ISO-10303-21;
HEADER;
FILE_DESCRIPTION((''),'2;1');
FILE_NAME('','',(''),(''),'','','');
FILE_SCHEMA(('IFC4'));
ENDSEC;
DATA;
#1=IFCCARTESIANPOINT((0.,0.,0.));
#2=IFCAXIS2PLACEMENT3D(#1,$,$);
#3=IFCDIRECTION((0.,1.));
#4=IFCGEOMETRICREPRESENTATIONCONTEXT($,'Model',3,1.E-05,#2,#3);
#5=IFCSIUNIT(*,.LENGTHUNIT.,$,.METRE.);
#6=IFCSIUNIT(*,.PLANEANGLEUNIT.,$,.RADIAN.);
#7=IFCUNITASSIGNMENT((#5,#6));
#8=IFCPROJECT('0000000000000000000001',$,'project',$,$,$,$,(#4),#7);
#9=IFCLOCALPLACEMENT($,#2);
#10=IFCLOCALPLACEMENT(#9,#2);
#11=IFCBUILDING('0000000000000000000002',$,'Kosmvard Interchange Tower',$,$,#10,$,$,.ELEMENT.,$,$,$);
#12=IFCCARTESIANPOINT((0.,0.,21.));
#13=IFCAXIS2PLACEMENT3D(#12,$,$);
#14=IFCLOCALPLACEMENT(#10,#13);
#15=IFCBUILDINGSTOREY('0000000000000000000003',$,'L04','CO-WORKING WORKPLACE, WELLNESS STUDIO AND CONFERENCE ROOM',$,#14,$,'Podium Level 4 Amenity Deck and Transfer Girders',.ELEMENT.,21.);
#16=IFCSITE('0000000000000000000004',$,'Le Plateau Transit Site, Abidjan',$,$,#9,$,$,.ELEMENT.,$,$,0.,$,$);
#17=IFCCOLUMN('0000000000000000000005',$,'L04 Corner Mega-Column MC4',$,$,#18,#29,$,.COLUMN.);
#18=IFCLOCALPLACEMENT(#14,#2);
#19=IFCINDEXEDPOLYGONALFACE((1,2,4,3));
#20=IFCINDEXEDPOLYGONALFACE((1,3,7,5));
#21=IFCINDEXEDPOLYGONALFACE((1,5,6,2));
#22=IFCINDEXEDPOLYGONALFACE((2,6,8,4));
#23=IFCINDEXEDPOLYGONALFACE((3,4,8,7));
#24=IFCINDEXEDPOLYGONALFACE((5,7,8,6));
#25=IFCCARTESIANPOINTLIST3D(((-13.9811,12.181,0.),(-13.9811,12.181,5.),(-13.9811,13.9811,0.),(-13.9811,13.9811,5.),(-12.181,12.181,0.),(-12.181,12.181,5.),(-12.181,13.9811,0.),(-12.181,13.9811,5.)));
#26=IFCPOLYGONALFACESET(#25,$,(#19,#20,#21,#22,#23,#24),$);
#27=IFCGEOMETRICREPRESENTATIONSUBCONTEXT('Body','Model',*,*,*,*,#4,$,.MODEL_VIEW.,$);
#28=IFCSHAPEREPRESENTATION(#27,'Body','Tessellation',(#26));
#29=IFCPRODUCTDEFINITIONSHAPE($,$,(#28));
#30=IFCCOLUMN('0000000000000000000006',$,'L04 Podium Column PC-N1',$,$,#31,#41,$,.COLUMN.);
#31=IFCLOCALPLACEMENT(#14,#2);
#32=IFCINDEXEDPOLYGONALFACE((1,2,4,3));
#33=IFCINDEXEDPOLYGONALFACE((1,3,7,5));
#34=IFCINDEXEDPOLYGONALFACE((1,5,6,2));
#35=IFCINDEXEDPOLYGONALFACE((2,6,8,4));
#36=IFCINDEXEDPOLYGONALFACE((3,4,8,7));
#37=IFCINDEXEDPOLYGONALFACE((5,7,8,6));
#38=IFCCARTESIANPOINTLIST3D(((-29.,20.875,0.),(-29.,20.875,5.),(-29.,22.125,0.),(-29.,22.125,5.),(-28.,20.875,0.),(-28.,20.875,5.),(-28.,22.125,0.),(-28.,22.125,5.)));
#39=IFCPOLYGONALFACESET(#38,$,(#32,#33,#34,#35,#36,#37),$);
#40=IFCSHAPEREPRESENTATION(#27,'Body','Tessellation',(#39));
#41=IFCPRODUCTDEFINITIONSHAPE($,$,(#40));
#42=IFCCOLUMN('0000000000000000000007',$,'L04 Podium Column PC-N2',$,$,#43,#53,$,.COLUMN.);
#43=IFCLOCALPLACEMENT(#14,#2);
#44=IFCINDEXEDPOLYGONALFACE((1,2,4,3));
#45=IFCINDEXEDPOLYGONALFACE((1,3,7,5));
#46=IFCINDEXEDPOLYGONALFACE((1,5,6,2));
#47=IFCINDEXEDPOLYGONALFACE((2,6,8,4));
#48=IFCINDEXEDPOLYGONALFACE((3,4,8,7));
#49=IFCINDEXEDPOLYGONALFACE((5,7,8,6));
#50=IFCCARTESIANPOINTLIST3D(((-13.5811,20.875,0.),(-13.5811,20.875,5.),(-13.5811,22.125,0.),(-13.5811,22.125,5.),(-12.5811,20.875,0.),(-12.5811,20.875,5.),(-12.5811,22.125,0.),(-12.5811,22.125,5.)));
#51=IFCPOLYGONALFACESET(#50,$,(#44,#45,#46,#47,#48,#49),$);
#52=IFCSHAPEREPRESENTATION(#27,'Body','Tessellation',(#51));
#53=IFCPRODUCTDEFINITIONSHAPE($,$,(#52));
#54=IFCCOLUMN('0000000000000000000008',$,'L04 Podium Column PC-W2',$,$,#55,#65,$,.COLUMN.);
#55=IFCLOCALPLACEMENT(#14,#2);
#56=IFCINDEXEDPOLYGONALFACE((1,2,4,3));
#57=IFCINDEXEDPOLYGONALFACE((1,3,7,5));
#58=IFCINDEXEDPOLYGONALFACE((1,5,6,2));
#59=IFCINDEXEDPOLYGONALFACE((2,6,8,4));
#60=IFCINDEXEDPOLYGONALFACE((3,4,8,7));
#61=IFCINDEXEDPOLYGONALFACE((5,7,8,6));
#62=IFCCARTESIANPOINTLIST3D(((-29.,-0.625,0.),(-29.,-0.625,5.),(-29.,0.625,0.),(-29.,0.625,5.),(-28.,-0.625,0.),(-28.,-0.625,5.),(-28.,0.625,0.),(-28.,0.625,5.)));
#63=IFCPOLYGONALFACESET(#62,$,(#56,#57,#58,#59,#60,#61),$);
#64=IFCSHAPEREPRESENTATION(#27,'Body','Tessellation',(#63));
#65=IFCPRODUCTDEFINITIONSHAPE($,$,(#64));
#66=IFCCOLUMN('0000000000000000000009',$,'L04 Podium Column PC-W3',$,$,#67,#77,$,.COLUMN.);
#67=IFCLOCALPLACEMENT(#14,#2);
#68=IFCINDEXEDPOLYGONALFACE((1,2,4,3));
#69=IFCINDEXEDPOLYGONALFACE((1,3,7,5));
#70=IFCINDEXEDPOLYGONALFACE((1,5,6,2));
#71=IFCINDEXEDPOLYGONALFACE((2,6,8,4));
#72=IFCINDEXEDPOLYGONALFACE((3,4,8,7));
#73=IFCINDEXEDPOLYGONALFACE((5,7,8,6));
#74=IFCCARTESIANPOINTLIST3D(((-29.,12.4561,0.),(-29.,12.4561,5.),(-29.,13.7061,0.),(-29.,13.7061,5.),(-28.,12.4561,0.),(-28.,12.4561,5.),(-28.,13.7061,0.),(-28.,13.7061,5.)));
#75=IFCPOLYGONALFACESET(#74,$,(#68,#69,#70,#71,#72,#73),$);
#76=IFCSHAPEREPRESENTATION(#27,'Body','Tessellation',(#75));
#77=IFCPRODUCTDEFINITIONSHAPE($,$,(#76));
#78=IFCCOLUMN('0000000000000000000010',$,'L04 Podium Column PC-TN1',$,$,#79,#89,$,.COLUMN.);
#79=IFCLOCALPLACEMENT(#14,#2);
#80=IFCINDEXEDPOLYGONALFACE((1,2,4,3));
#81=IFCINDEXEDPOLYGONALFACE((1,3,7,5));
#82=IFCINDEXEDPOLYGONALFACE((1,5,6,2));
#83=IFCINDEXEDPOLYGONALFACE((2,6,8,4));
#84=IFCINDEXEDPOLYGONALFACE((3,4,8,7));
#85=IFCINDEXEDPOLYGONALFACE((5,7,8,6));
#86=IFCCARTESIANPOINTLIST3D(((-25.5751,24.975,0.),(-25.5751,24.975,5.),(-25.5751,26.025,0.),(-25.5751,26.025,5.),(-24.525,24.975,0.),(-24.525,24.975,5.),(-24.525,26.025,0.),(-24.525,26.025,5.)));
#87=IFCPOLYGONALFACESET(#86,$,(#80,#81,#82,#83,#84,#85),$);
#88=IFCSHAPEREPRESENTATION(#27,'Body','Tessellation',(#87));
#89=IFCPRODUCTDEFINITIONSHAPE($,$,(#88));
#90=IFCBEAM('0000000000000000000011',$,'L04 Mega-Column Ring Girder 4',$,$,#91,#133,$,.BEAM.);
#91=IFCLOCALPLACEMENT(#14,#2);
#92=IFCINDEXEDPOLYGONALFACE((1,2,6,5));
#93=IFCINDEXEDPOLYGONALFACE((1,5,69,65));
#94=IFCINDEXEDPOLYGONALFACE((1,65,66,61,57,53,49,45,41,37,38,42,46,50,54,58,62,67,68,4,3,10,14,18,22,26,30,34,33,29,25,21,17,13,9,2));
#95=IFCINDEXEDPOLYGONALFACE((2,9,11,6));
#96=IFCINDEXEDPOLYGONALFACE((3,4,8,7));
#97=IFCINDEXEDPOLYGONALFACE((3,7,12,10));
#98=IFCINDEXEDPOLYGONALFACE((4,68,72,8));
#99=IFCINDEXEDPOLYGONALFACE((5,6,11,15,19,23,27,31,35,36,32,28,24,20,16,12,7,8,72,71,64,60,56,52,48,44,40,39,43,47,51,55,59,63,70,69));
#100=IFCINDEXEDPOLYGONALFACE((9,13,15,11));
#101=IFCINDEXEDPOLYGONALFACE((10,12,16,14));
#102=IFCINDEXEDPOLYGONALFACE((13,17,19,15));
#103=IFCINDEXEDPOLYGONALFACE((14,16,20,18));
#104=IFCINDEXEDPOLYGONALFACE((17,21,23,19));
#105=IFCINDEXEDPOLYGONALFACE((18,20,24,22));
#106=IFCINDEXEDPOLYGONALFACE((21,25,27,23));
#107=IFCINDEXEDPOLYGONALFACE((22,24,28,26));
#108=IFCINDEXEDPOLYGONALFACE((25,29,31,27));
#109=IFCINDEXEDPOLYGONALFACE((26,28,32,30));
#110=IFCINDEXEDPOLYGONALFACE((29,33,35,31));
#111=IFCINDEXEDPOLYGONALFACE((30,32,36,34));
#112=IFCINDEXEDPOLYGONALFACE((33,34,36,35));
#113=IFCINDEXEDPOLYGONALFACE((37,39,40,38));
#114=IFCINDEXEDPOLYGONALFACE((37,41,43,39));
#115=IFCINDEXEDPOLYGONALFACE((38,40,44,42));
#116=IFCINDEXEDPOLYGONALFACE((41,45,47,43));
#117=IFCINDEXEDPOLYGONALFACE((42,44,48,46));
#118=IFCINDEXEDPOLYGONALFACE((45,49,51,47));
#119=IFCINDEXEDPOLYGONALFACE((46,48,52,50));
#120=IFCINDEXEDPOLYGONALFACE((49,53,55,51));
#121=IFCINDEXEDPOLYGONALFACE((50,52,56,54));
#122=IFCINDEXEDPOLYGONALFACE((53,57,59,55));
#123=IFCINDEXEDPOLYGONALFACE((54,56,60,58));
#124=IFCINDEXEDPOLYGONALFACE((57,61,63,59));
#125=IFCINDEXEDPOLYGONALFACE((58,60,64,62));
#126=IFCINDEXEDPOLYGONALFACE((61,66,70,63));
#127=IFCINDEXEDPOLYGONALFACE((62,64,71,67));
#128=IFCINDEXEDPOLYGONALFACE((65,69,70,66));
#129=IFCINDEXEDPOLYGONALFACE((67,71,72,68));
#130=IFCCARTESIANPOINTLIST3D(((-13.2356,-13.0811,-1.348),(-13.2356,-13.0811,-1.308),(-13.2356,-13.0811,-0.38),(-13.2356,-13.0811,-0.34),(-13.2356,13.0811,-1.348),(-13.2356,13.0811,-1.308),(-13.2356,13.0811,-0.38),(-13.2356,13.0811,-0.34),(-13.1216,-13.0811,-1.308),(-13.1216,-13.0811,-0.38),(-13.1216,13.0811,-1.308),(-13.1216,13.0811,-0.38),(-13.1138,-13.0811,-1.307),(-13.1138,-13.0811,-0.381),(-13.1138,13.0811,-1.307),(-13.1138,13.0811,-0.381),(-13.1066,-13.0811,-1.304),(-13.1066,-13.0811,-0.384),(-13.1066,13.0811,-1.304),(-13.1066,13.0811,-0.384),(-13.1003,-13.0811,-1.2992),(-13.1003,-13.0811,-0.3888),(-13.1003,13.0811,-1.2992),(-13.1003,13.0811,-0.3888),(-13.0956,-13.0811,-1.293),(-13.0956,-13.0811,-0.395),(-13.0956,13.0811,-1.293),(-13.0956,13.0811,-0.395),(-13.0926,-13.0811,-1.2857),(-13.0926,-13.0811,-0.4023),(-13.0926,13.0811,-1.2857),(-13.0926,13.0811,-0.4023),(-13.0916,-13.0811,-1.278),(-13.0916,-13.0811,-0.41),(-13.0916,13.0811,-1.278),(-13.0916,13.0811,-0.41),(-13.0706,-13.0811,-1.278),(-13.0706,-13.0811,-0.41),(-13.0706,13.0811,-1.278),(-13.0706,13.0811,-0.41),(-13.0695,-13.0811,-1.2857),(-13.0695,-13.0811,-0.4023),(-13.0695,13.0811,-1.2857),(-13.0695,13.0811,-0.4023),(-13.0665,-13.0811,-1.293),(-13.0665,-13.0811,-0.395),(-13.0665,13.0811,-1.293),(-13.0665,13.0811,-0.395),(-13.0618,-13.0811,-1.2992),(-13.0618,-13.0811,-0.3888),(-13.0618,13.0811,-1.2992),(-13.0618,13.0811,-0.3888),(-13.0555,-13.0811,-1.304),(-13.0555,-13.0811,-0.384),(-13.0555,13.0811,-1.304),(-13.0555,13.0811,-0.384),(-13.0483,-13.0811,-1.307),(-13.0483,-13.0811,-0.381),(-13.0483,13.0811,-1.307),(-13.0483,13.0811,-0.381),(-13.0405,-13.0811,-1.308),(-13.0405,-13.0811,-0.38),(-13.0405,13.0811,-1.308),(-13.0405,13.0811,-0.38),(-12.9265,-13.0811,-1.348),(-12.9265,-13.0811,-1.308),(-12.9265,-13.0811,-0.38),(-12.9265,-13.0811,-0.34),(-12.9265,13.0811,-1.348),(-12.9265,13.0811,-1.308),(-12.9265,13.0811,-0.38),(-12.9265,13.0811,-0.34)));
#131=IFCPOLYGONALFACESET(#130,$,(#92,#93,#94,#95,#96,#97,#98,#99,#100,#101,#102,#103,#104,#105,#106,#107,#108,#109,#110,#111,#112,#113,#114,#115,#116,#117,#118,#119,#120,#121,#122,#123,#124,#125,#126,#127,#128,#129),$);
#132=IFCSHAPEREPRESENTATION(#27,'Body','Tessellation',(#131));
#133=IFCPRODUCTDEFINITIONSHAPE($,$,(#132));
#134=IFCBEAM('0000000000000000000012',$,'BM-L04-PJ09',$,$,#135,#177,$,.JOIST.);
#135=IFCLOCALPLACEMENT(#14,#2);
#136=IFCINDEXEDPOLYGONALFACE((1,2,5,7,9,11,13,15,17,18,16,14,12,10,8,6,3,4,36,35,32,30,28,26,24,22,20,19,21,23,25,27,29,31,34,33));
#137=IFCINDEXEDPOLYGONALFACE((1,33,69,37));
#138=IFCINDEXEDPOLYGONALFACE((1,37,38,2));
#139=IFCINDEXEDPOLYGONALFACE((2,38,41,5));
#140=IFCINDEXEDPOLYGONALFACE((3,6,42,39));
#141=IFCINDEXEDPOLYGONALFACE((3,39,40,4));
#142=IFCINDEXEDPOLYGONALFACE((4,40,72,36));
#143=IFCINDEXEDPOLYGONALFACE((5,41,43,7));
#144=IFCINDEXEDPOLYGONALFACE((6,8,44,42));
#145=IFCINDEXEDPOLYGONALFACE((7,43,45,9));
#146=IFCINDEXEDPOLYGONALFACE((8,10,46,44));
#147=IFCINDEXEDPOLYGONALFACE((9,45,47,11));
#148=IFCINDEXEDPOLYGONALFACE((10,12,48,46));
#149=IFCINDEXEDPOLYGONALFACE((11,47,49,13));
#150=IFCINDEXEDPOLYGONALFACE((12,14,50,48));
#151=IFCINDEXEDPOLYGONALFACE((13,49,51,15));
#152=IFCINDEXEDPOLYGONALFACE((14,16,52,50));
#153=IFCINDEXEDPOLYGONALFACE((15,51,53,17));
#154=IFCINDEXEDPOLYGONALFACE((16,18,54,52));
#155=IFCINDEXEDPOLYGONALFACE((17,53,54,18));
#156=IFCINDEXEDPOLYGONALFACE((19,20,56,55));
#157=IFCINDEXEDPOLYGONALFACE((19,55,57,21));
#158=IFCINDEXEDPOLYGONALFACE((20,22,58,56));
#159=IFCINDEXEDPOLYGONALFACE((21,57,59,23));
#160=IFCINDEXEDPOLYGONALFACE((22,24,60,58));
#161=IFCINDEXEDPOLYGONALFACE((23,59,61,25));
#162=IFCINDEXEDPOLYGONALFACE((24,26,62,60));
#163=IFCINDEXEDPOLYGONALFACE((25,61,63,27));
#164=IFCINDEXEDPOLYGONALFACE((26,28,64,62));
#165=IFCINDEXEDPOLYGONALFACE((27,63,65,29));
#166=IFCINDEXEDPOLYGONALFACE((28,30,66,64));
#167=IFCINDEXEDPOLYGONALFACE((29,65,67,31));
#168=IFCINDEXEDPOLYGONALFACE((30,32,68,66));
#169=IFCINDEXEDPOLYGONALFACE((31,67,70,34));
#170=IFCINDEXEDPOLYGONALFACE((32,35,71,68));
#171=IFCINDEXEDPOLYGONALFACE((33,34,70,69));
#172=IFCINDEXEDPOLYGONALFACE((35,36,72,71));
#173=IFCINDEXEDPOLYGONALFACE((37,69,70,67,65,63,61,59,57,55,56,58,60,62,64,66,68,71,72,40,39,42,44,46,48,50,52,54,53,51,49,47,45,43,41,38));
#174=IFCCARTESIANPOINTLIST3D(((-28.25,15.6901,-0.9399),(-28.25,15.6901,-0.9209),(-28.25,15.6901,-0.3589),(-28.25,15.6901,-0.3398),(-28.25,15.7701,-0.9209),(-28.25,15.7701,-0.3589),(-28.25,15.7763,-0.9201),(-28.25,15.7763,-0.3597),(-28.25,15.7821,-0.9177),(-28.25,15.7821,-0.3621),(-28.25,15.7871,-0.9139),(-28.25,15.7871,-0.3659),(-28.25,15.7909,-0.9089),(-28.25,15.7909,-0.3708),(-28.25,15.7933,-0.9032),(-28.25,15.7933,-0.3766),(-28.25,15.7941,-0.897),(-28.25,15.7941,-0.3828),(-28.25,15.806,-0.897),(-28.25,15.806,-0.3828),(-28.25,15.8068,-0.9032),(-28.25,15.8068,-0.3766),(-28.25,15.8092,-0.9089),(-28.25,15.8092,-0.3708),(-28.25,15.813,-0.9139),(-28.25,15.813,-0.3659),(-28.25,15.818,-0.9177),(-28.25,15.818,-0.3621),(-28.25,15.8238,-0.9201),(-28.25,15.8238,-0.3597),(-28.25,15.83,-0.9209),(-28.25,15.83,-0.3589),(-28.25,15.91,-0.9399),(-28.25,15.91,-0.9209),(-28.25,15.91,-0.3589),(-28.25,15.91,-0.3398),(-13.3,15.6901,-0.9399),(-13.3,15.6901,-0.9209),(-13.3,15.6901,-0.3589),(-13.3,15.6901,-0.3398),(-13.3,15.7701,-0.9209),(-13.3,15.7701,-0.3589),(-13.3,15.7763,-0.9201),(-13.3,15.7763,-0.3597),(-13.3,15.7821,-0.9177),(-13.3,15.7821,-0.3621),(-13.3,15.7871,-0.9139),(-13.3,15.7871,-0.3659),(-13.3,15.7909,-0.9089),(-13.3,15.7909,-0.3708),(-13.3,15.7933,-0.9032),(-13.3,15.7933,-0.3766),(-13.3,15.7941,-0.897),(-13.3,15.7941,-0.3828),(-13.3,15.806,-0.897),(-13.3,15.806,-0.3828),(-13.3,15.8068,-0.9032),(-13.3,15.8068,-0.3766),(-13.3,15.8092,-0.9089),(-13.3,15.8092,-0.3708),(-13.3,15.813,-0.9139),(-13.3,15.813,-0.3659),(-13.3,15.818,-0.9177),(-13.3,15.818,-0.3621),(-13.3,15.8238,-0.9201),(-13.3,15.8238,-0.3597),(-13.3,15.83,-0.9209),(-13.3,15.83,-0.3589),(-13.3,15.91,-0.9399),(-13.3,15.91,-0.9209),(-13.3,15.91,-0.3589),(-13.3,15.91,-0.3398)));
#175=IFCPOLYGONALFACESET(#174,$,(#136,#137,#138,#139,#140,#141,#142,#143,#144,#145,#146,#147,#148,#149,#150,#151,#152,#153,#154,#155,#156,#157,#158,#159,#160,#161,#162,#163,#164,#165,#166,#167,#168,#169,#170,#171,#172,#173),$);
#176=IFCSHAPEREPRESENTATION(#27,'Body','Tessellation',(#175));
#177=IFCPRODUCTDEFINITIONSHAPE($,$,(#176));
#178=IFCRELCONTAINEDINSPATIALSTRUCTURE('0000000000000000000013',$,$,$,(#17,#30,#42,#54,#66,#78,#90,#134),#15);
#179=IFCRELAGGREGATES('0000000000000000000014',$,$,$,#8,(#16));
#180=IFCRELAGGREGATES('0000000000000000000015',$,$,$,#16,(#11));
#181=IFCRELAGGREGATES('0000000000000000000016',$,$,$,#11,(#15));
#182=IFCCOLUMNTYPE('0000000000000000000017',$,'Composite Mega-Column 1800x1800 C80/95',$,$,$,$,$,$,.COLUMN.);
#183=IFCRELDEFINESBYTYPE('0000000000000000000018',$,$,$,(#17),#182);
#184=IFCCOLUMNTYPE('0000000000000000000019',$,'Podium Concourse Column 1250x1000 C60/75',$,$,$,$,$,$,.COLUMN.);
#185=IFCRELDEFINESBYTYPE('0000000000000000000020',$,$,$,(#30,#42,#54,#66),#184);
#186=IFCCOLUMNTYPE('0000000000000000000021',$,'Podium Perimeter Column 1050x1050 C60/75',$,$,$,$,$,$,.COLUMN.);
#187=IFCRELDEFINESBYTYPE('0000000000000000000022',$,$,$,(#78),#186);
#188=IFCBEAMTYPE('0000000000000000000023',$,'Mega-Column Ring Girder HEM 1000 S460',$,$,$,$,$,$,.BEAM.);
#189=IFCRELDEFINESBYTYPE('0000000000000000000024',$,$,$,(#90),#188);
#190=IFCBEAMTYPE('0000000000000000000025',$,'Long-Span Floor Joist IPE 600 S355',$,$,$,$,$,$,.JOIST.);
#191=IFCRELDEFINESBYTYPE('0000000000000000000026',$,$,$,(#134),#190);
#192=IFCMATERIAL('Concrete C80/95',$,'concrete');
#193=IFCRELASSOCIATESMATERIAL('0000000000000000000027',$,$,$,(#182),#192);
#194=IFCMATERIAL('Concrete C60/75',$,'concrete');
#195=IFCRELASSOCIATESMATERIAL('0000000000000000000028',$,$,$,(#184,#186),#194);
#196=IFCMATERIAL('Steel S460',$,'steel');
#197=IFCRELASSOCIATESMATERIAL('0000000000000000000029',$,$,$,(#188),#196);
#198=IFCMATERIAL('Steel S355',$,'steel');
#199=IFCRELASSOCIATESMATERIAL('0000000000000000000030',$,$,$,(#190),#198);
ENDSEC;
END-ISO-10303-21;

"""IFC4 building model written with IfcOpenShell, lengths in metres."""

from ifc_helpers import new_model, si_unit, direction, frame, origin, origin_2d, place, context, subcontext, project, spatial, rectangle, i_section, extrude, source, transform, mapped, material, material_profile, profile_set, type_object, element, save


model = new_model("IFC4")

# Units and contexts
model_context = context("Model", 3, precision=1e-05, world=origin(), true_north=direction((0.0, 1.0)))
body_context = subcontext(model_context, "Body", "Model", "MODEL_VIEW")
ifc_project = project(units=[si_unit("LENGTHUNIT", "METRE"), si_unit("PLANEANGLEUNIT", "RADIAN")], contexts=[model_context])

# Site, building, storey
site_placement = place(None, origin())
site = spatial("IfcSite", under=ifc_project, at=site_placement, Name="Le Plateau Transit Site, Abidjan", CompositionType="ELEMENT", RefElevation=0.0)
building_placement = place(site_placement, origin())
building = spatial("IfcBuilding", under=site, at=building_placement, Name="Kosmvard Interchange Tower", CompositionType="ELEMENT")
storey_placement = place(building_placement, frame((0.0, 0.0, 21.0)))
storey = spatial("IfcBuildingStorey", under=building, at=storey_placement, Name="L04", Description="CO-WORKING WORKPLACE, WELLNESS STUDIO AND CONFERENCE ROOM", LongName="Podium Level 4 Amenity Deck and Transfer Girders", CompositionType="ELEMENT", Elevation=21.0)

# Columns
ifc_material_1 = material(Name="Concrete C80/95", Category="concrete")
ifc_material_profile_1 = material_profile(ifc_material_1, rectangle(XDim=1.8, YDim=1.8, at=origin_2d()), Name="MC 1800x1800")
ifc_profile_set_1 = profile_set([ifc_material_profile_1], Name="Concrete C80/95")
column_type_1 = type_object("IfcColumnType", Name="Composite Mega-Column 1800x1800 C80/95", PredefinedType="COLUMN", material=ifc_profile_set_1)
shared_shape_1 = source(origin(), body_context, "Body", "SweptSolid", [
    extrude(rectangle(XDim=1.8, YDim=1.8, at=origin_2d()), origin(), (0.0, 0.0, 1.0), 5.0),
])
column_1_placement = place(storey_placement, frame((-13.0811, 13.0811, 0.0), z_axis=(0.0, 0.0, 1.0), x_axis=(1.0, 0.0, 0.0)))
element("IfcColumn", 1, at=column_1_placement, inside=storey, type_object=column_type_1, Name="L04 Corner Mega-Column MC4", PredefinedType="COLUMN", context=body_context, shape_type="MappedRepresentation", body=[
    mapped(shared_shape_1, transform((0.0, 0.0, 0.0), scale=1.0)),
])
ifc_material_2 = material(Name="Concrete C60/75", Category="concrete")
ifc_material_profile_2 = material_profile(ifc_material_2, rectangle(XDim=1.0, YDim=1.25, at=origin_2d()), Name="PC 1250x1000")
ifc_profile_set_2 = profile_set([ifc_material_profile_2], Name="Concrete C60/75")
column_type_2 = type_object("IfcColumnType", Name="Podium Concourse Column 1250x1000 C60/75", PredefinedType="COLUMN", material=ifc_profile_set_2)
shared_shape_2 = source(origin(), body_context, "Body", "SweptSolid", [
    extrude(rectangle(XDim=1.0, YDim=1.25, at=origin_2d()), origin(), (0.0, 0.0, 1.0), 5.0),
])
for number, where, z_axis, x_axis, name in (
    (2, (-28.5, 21.5, 0.0), (0.0, 0.0, 1.0), (1.0, 0.0, 0.0), "L04 Podium Column PC-N1"),
    (3, (-13.0811, 21.5, 0.0), (0.0, 0.0, 1.0), (1.0, 0.0, 0.0), "L04 Podium Column PC-N2"),
    (4, (-28.5, 0.0, 0.0), (0.0, 0.0, 1.0), (1.0, 0.0, 0.0), "L04 Podium Column PC-W2"),
    (5, (-28.5, 13.0811, 0.0), (0.0, 0.0, 1.0), (1.0, 0.0, 0.0), "L04 Podium Column PC-W3"),
):
    element("IfcColumn", number, at=place(storey_placement, frame(where, z_axis=z_axis, x_axis=x_axis)), inside=storey, type_object=column_type_2, Name=name, PredefinedType="COLUMN", context=body_context, shape_type="MappedRepresentation", body=[
        mapped(shared_shape_2, transform((0.0, 0.0, 0.0), scale=1.0)),
    ])
ifc_material_profile_3 = material_profile(ifc_material_2, rectangle(XDim=1.05, YDim=1.05, at=origin_2d()), Name="PC 1050x1050")
ifc_profile_set_3 = profile_set([ifc_material_profile_3], Name="Concrete C60/75")
column_type_3 = type_object("IfcColumnType", Name="Podium Perimeter Column 1050x1050 C60/75", PredefinedType="COLUMN", material=ifc_profile_set_3)
shared_shape_3 = source(origin(), body_context, "Body", "SweptSolid", [
    extrude(rectangle(XDim=1.05, YDim=1.05, at=origin_2d()), origin(), (0.0, 0.0, 1.0), 5.0),
])
column_2_placement = place(storey_placement, frame((-25.05, 25.5, 0.0), z_axis=(0.0, 0.0, 1.0), x_axis=(1.0, 0.0, 0.0)))
element("IfcColumn", 6, at=column_2_placement, inside=storey, type_object=column_type_3, Name="L04 Podium Column PC-TN1", PredefinedType="COLUMN", context=body_context, shape_type="MappedRepresentation", body=[
    mapped(shared_shape_3, transform((0.0, 0.0, 0.0), scale=1.0)),
])

# Beams
ifc_material_3 = material(Name="Steel S460", Category="steel")
ifc_material_profile_4 = material_profile(ifc_material_3, i_section(OverallWidth=0.3091, OverallDepth=1.0081, WebThickness=0.021, FlangeThickness=0.04, FilletRadius=0.03, at=origin_2d()), Name="HEM 1000")
ifc_profile_set_4 = profile_set([ifc_material_profile_4], Name="Steel S460")
beam_type_1 = type_object("IfcBeamType", Name="Mega-Column Ring Girder HEM 1000 S460", PredefinedType="BEAM", material=ifc_profile_set_4)
shared_shape_4 = source(origin(), body_context, "Body", "SweptSolid", [
    extrude(i_section(OverallWidth=0.3091, OverallDepth=1.0081, WebThickness=0.021, FlangeThickness=0.04, FilletRadius=0.03, at=origin_2d()), origin(), (0.0, 0.0, 1.0), 26.1621),
])
beam_1_placement = place(storey_placement, frame((-13.0811, 13.0811, -0.844), z_axis=(0.0, -1.0, 0.0), x_axis=(1.0, 0.0, 0.0)))
element("IfcBeam", 7, at=beam_1_placement, inside=storey, type_object=beam_type_1, Name="L04 Mega-Column Ring Girder 4", PredefinedType="BEAM", context=body_context, shape_type="MappedRepresentation", body=[
    mapped(shared_shape_4, transform((0.0, 0.0, 0.0), scale=1.0)),
])
ifc_material_4 = material(Name="Steel S355", Category="steel")
ifc_material_profile_5 = material_profile(ifc_material_4, i_section(OverallWidth=0.22, OverallDepth=0.6001, WebThickness=0.012, FlangeThickness=0.019, FilletRadius=0.0239, at=origin_2d()), Name="IPE 600")
ifc_profile_set_5 = profile_set([ifc_material_profile_5], Name="Steel S355")
beam_type_2 = type_object("IfcBeamType", Name="Long-Span Floor Joist IPE 600 S355", PredefinedType="JOIST", material=ifc_profile_set_5)
shared_shape_5 = source(origin(), body_context, "Body", "SweptSolid", [
    extrude(i_section(OverallWidth=0.22, OverallDepth=0.6001, WebThickness=0.012, FlangeThickness=0.019, FilletRadius=0.0239, at=origin_2d()), origin(), (0.0, 0.0, 1.0), 14.95),
])
for number, where, z_axis, x_axis, name in (
    (8, (-28.25, 15.8, -0.6399), (1.0, 0.0, 0.0), (0.0, 1.0, 0.0), "BM-L04-PJ09"),
):
    element("IfcBeam", number, at=place(storey_placement, frame(where, z_axis=z_axis, x_axis=x_axis)), inside=storey, type_object=beam_type_2, Name=name, PredefinedType="JOIST", context=body_context, shape_type="MappedRepresentation", body=[
        mapped(shared_shape_5, transform((0.0, 0.0, 0.0), scale=1.0)),
    ])

save(model, "model.ifc")
